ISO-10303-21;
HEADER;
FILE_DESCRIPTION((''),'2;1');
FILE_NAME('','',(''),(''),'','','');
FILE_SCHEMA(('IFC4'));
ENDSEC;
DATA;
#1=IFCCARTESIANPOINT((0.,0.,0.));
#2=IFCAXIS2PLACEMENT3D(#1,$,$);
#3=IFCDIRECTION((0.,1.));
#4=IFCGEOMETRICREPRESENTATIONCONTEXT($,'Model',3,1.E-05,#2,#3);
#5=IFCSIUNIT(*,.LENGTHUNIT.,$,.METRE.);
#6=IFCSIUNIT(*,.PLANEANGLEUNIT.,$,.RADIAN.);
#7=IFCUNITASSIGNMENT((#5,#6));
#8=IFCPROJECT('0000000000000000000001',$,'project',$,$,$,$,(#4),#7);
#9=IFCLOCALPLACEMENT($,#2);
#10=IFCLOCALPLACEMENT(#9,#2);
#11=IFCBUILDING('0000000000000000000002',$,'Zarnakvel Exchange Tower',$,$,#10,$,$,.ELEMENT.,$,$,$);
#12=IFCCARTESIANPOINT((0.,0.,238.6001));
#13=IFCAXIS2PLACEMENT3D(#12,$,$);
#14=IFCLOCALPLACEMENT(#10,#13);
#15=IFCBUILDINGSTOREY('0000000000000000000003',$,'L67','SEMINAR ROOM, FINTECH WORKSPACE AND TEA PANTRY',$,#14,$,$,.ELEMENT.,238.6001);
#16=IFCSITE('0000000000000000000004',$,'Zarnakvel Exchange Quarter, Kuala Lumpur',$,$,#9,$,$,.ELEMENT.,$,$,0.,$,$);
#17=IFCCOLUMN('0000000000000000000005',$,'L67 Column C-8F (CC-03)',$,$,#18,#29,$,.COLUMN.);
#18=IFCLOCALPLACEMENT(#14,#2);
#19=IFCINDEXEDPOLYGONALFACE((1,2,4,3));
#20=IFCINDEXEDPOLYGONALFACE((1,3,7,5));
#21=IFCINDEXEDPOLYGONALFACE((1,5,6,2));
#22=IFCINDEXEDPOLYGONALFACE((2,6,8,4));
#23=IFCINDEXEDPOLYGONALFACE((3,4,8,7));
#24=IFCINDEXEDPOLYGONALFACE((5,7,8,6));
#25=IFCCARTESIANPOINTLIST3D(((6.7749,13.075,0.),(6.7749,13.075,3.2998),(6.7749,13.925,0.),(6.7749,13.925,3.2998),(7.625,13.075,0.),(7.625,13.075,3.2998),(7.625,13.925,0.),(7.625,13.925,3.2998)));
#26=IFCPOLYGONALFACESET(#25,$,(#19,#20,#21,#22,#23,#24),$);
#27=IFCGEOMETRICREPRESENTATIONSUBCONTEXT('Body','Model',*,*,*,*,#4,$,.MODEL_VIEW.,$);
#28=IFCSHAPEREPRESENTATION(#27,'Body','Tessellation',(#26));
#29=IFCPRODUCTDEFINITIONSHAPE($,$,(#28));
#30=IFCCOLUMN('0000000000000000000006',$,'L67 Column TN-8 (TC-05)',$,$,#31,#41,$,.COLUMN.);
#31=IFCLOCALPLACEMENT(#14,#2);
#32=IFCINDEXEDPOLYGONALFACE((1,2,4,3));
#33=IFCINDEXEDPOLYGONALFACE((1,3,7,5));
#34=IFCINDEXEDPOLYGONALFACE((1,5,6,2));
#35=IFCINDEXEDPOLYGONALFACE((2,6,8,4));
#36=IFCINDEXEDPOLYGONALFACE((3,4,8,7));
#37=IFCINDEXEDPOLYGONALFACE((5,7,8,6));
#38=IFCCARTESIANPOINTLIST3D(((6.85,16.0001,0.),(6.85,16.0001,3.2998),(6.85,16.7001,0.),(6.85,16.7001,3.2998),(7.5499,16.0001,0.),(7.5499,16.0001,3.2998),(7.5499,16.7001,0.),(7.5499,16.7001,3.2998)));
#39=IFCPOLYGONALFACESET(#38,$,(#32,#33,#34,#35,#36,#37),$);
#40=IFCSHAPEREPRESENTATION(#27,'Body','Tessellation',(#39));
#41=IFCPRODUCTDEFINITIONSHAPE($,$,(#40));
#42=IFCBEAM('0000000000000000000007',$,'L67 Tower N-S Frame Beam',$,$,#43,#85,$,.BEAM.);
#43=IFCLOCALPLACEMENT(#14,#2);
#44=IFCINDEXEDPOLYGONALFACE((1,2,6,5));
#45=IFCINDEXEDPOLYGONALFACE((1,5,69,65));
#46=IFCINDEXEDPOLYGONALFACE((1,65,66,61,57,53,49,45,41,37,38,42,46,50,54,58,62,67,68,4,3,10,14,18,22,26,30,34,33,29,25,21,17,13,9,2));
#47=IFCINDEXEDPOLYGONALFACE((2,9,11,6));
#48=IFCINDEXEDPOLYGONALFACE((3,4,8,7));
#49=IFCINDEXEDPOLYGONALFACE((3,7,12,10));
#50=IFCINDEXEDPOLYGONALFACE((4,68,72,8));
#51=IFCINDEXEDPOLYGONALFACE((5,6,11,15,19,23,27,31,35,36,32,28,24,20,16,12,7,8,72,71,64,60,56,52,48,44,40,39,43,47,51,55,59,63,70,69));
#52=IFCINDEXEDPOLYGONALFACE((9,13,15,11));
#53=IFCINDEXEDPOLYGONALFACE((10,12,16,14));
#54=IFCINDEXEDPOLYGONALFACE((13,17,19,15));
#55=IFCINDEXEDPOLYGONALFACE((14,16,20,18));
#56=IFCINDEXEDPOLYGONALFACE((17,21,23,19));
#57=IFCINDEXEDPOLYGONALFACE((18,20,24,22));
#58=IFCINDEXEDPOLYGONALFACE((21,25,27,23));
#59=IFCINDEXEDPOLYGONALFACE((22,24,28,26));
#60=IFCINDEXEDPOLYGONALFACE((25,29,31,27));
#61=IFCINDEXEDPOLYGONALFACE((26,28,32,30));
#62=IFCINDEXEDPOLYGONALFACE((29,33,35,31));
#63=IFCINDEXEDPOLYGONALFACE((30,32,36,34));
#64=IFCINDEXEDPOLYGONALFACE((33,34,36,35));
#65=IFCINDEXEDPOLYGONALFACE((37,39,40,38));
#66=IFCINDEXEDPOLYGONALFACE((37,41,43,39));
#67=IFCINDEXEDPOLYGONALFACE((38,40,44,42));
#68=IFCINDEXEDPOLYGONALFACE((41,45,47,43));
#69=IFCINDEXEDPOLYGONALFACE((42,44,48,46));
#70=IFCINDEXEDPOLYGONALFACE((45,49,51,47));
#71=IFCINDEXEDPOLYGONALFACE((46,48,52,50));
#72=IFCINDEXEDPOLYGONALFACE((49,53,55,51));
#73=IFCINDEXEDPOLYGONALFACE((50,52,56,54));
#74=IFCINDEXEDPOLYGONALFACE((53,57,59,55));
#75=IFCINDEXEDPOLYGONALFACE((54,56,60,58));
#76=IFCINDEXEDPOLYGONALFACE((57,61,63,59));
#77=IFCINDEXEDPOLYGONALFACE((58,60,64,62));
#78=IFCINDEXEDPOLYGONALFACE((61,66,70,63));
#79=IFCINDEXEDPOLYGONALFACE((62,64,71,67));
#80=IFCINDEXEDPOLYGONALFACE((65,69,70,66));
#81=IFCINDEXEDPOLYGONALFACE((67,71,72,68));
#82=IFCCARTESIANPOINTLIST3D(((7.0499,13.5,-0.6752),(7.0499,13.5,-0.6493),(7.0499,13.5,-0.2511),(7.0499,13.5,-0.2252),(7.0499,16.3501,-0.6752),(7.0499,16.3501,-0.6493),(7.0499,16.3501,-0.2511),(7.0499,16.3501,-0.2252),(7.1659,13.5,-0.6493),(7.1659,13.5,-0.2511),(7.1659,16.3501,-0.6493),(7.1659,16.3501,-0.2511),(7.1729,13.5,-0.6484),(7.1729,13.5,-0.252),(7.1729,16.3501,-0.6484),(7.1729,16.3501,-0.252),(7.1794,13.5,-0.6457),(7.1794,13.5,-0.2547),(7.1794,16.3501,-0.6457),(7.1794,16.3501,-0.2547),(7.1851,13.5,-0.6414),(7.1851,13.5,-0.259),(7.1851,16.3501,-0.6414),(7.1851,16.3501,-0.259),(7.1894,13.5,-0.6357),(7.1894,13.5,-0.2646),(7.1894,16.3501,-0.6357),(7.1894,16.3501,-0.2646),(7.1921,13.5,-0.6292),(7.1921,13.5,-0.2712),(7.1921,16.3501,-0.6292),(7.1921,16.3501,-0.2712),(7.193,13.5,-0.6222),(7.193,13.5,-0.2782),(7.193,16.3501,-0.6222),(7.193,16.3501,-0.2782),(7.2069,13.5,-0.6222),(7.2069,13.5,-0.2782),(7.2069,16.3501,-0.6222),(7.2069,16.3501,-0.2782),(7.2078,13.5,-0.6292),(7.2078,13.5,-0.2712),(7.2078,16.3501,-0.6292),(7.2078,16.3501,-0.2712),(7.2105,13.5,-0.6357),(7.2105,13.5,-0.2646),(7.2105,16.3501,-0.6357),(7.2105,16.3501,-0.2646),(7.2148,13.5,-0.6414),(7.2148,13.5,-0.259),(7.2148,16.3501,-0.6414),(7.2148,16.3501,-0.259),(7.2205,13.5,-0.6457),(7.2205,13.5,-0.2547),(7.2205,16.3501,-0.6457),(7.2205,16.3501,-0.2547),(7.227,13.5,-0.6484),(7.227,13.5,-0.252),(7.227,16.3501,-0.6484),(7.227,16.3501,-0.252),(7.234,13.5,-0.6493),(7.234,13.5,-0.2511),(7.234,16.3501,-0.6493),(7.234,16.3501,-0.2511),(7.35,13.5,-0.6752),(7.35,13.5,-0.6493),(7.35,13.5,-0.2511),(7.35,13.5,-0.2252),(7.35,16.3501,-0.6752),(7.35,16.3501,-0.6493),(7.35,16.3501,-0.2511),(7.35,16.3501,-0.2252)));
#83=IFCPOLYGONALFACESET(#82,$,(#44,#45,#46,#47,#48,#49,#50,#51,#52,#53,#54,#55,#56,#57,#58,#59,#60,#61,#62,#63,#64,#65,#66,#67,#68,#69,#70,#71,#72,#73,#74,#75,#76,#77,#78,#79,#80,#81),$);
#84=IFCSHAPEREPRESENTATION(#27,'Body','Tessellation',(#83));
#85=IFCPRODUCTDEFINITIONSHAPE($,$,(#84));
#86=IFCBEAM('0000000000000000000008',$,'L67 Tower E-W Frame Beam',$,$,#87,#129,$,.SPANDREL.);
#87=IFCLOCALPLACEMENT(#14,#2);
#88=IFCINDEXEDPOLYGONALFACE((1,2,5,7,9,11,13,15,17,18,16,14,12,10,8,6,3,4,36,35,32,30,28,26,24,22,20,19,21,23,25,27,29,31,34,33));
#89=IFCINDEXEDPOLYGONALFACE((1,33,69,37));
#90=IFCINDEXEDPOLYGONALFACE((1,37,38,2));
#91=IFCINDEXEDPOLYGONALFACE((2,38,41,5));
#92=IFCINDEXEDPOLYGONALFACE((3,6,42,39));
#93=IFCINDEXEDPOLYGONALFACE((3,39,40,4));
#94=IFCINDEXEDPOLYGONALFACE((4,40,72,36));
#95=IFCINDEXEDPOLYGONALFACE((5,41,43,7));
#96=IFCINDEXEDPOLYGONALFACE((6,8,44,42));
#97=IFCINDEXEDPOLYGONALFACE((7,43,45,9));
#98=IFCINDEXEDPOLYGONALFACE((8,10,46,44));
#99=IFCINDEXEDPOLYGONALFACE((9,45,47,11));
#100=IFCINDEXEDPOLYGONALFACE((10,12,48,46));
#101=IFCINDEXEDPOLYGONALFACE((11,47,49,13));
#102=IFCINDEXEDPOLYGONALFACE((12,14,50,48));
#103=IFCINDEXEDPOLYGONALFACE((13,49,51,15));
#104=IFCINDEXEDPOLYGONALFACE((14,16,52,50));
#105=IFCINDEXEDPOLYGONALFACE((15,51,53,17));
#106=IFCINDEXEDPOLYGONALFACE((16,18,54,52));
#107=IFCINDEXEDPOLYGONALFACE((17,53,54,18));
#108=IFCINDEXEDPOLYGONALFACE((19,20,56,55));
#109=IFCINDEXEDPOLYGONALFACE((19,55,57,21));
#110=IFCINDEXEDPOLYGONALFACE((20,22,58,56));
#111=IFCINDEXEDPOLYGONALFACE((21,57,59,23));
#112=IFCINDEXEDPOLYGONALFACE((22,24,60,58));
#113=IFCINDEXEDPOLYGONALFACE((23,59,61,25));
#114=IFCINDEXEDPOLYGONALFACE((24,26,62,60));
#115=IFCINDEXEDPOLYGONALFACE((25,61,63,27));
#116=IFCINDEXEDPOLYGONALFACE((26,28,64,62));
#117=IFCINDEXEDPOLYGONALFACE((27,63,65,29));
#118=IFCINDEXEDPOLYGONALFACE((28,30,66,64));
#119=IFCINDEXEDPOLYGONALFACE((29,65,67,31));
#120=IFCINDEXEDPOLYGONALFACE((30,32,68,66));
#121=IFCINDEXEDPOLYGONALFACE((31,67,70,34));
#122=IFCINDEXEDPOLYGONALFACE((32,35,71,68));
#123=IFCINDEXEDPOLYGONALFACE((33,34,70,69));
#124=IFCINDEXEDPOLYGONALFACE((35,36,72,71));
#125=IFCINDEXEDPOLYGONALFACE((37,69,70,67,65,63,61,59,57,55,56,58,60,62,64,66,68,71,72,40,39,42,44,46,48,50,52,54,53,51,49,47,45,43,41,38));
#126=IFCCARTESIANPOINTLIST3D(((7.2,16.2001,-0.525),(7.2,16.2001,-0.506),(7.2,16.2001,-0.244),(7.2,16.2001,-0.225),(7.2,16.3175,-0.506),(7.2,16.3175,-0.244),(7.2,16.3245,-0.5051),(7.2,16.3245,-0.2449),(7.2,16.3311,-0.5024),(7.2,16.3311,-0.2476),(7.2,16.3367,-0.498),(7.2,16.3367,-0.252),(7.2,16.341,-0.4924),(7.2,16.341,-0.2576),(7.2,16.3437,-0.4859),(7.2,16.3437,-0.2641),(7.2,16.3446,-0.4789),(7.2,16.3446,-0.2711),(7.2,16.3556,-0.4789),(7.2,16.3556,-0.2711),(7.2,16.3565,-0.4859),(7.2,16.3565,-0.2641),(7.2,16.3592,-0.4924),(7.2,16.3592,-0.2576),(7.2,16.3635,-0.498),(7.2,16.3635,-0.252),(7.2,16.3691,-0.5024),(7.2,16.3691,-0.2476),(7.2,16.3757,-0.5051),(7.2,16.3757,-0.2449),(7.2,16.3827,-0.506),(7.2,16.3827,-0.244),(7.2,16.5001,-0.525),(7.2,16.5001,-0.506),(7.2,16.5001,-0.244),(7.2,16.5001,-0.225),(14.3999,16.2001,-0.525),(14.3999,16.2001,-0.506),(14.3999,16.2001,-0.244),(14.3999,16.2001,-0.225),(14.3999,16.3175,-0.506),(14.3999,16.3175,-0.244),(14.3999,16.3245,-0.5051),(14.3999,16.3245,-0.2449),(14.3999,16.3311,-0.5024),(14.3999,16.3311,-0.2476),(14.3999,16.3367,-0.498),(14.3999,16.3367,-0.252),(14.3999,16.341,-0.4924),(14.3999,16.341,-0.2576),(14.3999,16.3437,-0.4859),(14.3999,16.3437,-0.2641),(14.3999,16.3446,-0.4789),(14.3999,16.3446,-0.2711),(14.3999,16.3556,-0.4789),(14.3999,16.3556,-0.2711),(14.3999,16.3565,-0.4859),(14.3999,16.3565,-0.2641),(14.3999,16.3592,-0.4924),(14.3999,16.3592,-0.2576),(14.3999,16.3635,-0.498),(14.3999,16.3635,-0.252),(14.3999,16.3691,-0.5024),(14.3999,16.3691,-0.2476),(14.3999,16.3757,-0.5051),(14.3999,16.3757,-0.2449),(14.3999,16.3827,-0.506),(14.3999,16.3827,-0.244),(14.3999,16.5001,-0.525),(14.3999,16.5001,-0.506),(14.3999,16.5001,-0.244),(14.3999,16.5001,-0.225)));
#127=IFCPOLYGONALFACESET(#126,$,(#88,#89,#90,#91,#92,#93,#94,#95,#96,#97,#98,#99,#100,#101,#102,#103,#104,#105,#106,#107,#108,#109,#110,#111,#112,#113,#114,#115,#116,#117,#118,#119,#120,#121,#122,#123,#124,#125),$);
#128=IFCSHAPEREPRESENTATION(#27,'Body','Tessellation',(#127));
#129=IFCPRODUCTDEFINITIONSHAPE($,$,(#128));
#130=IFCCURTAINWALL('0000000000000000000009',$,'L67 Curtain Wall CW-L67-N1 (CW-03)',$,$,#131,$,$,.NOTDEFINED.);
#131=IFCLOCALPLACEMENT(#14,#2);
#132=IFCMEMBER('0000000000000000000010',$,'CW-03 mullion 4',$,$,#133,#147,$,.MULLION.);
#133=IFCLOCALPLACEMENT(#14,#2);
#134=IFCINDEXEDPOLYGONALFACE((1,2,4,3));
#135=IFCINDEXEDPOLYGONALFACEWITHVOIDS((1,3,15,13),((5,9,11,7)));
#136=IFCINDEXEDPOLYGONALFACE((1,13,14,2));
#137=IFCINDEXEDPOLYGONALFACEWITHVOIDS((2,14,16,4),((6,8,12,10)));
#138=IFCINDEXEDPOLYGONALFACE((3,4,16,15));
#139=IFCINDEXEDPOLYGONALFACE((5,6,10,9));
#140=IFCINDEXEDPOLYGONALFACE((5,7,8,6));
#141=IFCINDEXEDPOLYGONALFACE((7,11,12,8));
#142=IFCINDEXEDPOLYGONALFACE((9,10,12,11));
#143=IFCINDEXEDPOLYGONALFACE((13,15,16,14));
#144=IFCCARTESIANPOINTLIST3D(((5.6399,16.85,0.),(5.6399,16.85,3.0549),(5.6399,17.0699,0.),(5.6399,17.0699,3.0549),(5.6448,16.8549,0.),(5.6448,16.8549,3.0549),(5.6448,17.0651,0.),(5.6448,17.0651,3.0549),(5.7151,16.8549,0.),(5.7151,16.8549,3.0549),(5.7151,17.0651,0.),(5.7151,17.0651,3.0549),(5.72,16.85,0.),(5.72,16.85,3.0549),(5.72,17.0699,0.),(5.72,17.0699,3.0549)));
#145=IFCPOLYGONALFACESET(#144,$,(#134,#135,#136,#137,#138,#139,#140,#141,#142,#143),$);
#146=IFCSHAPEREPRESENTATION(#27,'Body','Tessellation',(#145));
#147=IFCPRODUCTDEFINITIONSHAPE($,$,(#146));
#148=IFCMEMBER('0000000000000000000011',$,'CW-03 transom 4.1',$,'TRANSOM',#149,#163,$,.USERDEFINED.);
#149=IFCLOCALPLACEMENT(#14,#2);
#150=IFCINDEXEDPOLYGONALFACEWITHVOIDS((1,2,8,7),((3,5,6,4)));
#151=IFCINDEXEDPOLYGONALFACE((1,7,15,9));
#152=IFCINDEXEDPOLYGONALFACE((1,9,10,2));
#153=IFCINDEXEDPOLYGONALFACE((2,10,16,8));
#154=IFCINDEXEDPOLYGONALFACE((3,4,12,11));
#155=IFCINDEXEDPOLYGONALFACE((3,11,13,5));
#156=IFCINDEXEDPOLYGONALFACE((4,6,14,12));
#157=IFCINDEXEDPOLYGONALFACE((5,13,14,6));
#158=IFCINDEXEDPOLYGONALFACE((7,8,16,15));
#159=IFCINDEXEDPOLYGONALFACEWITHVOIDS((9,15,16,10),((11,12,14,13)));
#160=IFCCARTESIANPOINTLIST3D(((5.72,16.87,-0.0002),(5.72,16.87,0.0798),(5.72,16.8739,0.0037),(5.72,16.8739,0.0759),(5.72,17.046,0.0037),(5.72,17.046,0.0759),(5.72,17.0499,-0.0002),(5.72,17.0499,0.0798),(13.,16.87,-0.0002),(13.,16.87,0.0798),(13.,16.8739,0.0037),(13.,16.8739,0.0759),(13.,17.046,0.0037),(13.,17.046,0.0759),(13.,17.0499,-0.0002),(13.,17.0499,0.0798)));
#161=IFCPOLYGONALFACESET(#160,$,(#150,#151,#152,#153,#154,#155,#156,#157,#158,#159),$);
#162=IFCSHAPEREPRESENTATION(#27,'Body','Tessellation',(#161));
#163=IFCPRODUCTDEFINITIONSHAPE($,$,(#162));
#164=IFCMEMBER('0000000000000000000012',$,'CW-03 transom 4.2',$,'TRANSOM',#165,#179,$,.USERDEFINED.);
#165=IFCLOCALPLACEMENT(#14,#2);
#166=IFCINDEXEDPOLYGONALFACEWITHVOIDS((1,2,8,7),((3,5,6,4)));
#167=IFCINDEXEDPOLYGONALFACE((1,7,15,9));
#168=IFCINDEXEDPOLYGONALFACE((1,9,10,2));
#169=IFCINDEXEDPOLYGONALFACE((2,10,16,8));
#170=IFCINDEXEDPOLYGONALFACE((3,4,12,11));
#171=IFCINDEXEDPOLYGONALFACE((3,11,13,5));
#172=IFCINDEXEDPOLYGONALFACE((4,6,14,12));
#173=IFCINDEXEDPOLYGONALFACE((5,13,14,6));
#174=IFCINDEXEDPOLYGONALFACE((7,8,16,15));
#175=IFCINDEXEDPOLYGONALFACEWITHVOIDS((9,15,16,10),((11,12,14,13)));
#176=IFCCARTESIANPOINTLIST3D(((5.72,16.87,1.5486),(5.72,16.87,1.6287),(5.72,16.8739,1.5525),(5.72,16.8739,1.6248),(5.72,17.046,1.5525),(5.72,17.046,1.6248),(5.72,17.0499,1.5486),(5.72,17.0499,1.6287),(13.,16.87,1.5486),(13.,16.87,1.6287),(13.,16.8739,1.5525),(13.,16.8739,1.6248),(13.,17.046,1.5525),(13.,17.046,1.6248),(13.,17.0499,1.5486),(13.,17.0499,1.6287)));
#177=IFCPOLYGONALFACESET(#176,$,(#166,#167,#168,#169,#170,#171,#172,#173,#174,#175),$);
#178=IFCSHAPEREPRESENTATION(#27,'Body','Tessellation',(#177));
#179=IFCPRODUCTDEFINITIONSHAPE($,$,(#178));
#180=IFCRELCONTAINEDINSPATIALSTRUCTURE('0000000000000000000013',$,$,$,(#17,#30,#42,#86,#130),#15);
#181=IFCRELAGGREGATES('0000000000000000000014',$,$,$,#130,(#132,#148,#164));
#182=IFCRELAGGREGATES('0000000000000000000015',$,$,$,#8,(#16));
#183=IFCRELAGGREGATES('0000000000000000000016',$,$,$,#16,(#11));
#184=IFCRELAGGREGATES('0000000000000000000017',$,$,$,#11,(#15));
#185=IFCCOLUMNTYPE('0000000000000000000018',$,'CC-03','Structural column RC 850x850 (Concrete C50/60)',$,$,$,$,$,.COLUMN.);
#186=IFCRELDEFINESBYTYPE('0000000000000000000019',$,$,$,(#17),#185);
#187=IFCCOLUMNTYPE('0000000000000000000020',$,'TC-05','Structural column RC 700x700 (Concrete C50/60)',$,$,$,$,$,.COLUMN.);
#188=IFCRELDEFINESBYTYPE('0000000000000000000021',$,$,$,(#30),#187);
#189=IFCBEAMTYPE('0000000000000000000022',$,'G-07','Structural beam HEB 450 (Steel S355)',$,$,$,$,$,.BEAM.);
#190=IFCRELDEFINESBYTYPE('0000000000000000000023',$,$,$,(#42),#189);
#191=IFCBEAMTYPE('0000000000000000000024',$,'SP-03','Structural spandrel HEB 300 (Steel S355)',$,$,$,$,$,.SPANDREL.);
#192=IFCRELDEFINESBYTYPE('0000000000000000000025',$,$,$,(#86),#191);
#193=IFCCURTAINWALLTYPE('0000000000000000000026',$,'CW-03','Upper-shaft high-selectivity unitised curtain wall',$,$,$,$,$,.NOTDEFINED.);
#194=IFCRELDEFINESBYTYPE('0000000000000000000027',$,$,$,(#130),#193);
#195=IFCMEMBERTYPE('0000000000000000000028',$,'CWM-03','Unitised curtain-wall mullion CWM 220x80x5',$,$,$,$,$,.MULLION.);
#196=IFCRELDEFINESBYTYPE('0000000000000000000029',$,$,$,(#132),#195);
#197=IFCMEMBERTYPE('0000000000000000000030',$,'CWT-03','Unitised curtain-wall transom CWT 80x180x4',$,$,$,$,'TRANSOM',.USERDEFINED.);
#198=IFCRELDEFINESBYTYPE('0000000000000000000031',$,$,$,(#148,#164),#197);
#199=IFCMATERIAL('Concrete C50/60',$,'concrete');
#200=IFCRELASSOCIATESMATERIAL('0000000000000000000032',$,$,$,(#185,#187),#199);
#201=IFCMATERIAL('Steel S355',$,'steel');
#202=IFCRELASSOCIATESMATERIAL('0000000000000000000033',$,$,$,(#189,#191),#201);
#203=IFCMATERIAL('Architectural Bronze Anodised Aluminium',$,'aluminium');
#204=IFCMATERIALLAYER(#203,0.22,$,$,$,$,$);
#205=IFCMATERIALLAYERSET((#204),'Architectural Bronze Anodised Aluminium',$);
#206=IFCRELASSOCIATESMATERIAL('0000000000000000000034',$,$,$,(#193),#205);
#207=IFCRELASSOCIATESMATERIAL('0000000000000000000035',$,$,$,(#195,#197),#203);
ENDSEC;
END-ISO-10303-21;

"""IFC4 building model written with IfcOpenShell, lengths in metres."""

from ifc_helpers import new_model, si_unit, direction, frame, origin, origin_2d, place, context, subcontext, project, spatial, rectangle, hollow_rectangle, i_section, extrude, source, transform, mapped, material, layer, layer_set, material_profile, profile_set, type_object, element, aggregate, save


model = new_model("IFC4")

# Units and contexts
model_context = context("Model", 3, precision=1e-05, world=origin(), true_north=direction((0.0, 1.0)))
body_context = subcontext(model_context, "Body", "Model", "MODEL_VIEW")
ifc_project = project(units=[si_unit("LENGTHUNIT", "METRE"), si_unit("PLANEANGLEUNIT", "RADIAN")], contexts=[model_context])

# Site, building, storey
site_placement = place(None, origin())
site = spatial("IfcSite", under=ifc_project, at=site_placement, Name="Zarnakvel Exchange Quarter, Kuala Lumpur", CompositionType="ELEMENT", RefElevation=0.0)
building_placement = place(site_placement, origin())
building = spatial("IfcBuilding", under=site, at=building_placement, Name="Zarnakvel Exchange Tower", CompositionType="ELEMENT")
storey_placement = place(building_placement, frame((0.0, 0.0, 238.6001)))
storey = spatial("IfcBuildingStorey", under=building, at=storey_placement, Name="L67", Description="SEMINAR ROOM, FINTECH WORKSPACE AND TEA PANTRY", CompositionType="ELEMENT", Elevation=238.6001)

# Columns
ifc_material_1 = material(Name="Concrete C50/60", Category="concrete")
ifc_material_profile_1 = material_profile(ifc_material_1, rectangle(XDim=0.8501, YDim=0.8501, at=origin_2d()))
ifc_profile_set_1 = profile_set([ifc_material_profile_1], Name="Concrete C50/60")
column_type_1 = type_object("IfcColumnType", Name="CC-03", Description="Structural column RC 850x850 (Concrete C50/60)", PredefinedType="COLUMN", material=ifc_profile_set_1)
column_1_placement = place(storey_placement, frame((7.2, 13.5, 0.0), z_axis=(0.0, 0.0, 1.0), x_axis=(1.0, 0.0, 0.0)))
element("IfcColumn", 1, at=column_1_placement, inside=storey, type_object=column_type_1, Name="L67 Column C-8F (CC-03)", PredefinedType="COLUMN", context=body_context, shape_type="SweptSolid", body=[
    extrude(rectangle(XDim=0.8501, YDim=0.8501, at=origin_2d()), origin(), (0.0, 0.0, 1.0), 3.2998),
])
ifc_material_profile_2 = material_profile(ifc_material_1, rectangle(XDim=0.7, YDim=0.7, at=origin_2d()))
ifc_profile_set_2 = profile_set([ifc_material_profile_2], Name="Concrete C50/60")
column_type_2 = type_object("IfcColumnType", Name="TC-05", Description="Structural column RC 700x700 (Concrete C50/60)", PredefinedType="COLUMN", material=ifc_profile_set_2)
column_2_placement = place(storey_placement, frame((7.2, 16.3501, 0.0), z_axis=(0.0, 0.0, 1.0), x_axis=(1.0, 0.0, 0.0)))
element("IfcColumn", 2, at=column_2_placement, inside=storey, type_object=column_type_2, Name="L67 Column TN-8 (TC-05)", PredefinedType="COLUMN", context=body_context, shape_type="SweptSolid", body=[
    extrude(rectangle(XDim=0.7, YDim=0.7, at=origin_2d()), origin(), (0.0, 0.0, 1.0), 3.2998),
])

# Beams
ifc_material_2 = material(Name="Steel S355", Category="steel")
ifc_material_profile_3 = material_profile(ifc_material_2, i_section(OverallWidth=0.3, OverallDepth=0.45, WebThickness=0.0139, FlangeThickness=0.0259, FilletRadius=0.0271, at=origin_2d()))
ifc_profile_set_3 = profile_set([ifc_material_profile_3], Name="Steel S355")
beam_type_1 = type_object("IfcBeamType", Name="G-07", Description="Structural beam HEB 450 (Steel S355)", PredefinedType="BEAM", material=ifc_profile_set_3)
beam_1_placement = place(storey_placement, frame((7.2, 13.5, -0.4502), z_axis=(0.0, 1.0, 0.0), x_axis=(-1.0, 0.0, 0.0)))
element("IfcBeam", 3, at=beam_1_placement, inside=storey, type_object=beam_type_1, Name="L67 Tower N-S Frame Beam", PredefinedType="BEAM", context=body_context, shape_type="SweptSolid", body=[
    extrude(i_section(OverallWidth=0.3, OverallDepth=0.45, WebThickness=0.0139, FlangeThickness=0.0259, FilletRadius=0.0271, at=origin_2d()), origin(), (0.0, 0.0, 1.0), 2.8501),
])
ifc_material_profile_4 = material_profile(ifc_material_2, i_section(OverallWidth=0.3, OverallDepth=0.3, WebThickness=0.011, FlangeThickness=0.019, FilletRadius=0.0271, at=origin_2d()))
ifc_profile_set_4 = profile_set([ifc_material_profile_4], Name="Steel S355")
beam_type_2 = type_object("IfcBeamType", Name="SP-03", Description="Structural spandrel HEB 300 (Steel S355)", PredefinedType="SPANDREL", material=ifc_profile_set_4)
beam_2_placement = place(storey_placement, frame((7.2, 16.3501, -0.375), z_axis=(1.0, 0.0, 0.0), x_axis=(0.0, 1.0, 0.0)))
element("IfcBeam", 4, at=beam_2_placement, inside=storey, type_object=beam_type_2, Name="L67 Tower E-W Frame Beam", PredefinedType="SPANDREL", context=body_context, shape_type="SweptSolid", body=[
    extrude(i_section(OverallWidth=0.3, OverallDepth=0.3, WebThickness=0.011, FlangeThickness=0.019, FilletRadius=0.0271, at=origin_2d()), origin(), (0.0, 0.0, 1.0), 7.2),
])

# Curtain wall, members
ifc_material_3 = material(Name="Architectural Bronze Anodised Aluminium", Category="aluminium")
ifc_layer_1 = layer(ifc_material_3, 0.22)
ifc_layer_set_1 = layer_set([ifc_layer_1], Name="Architectural Bronze Anodised Aluminium")
curtain_wall_type = type_object("IfcCurtainWallType", Name="CW-03", Description="Upper-shaft high-selectivity unitised curtain wall", PredefinedType="NOTDEFINED", material=ifc_layer_set_1)
curtain_wall_placement = place(storey_placement, origin())
curtain_wall = element("IfcCurtainWall", 5, at=curtain_wall_placement, inside=storey, type_object=curtain_wall_type, Name="L67 Curtain Wall CW-L67-N1 (CW-03)", PredefinedType="NOTDEFINED")
ifc_material_profile_5 = material_profile(ifc_material_3, hollow_rectangle(XDim=0.22, YDim=0.0801, WallThickness=0.0049, at=origin_2d()))
ifc_profile_set_5 = profile_set([ifc_material_profile_5], Name="Architectural Bronze Anodised Aluminium")
member_type_1 = type_object("IfcMemberType", Name="CWM-03", Description="Unitised curtain-wall mullion CWM 220x80x5", PredefinedType="MULLION", material=ifc_profile_set_5)
shared_shape_1 = source(origin(), body_context, "Body", "SweptSolid", [
    extrude(hollow_rectangle(XDim=0.22, YDim=0.0801, WallThickness=0.0049, at=origin_2d()), origin(), (0.0, 0.0, 1.0), 3.0549),
])
member_1_placement = place(storey_placement, frame((5.6799, 16.96, 0.0), z_axis=(0.0, 0.0, 1.0), x_axis=(0.0, 1.0, 0.0)))
member_1 = element("IfcMember", 6, at=member_1_placement, type_object=member_type_1, Name="CW-03 mullion 4", PredefinedType="MULLION", context=body_context, shape_type="MappedRepresentation", body=[
    mapped(shared_shape_1, transform((0.0, 0.0, 0.0), x_axis=(1.0, 0.0, 0.0), y_axis=(0.0, 1.0, 0.0), z_axis=(0.0, 0.0, 1.0), scale=1.0)),
])
ifc_material_profile_6 = material_profile(ifc_material_3, hollow_rectangle(XDim=0.1799, YDim=0.0801, WallThickness=0.0039, at=origin_2d()))
ifc_profile_set_6 = profile_set([ifc_material_profile_6], Name="Architectural Bronze Anodised Aluminium")
member_type_2 = type_object("IfcMemberType", Name="CWT-03", Description="Unitised curtain-wall transom CWT 80x180x4", ElementType="TRANSOM", PredefinedType="USERDEFINED", material=ifc_profile_set_6)
shared_shape_2 = source(origin(), body_context, "Body", "SweptSolid", [
    extrude(hollow_rectangle(XDim=0.1799, YDim=0.0801, WallThickness=0.0039, at=origin_2d()), origin(), (0.0, 0.0, 1.0), 7.28),
])
member_2_placement = place(storey_placement, frame((5.72, 16.96, 0.0398), z_axis=(1.0, 0.0, 0.0), x_axis=(0.0, 1.0, 0.0)))
member_2 = element("IfcMember", 7, at=member_2_placement, type_object=member_type_2, Name="CW-03 transom 4.1", ObjectType="TRANSOM", PredefinedType="USERDEFINED", context=body_context, shape_type="MappedRepresentation", body=[
    mapped(shared_shape_2, transform((0.0, 0.0, 0.0), x_axis=(1.0, 0.0, 0.0), y_axis=(0.0, 1.0, 0.0), z_axis=(0.0, 0.0, 1.0), scale=1.0)),
])
member_3_placement = place(storey_placement, frame((5.72, 16.96, 1.5886), z_axis=(1.0, 0.0, 0.0), x_axis=(0.0, 1.0, 0.0)))
member_3 = element("IfcMember", 8, at=member_3_placement, type_object=member_type_2, Name="CW-03 transom 4.2", ObjectType="TRANSOM", PredefinedType="USERDEFINED", context=body_context, shape_type="MappedRepresentation", body=[
    mapped(shared_shape_2, transform((0.0, 0.0, 0.0), x_axis=(1.0, 0.0, 0.0), y_axis=(0.0, 1.0, 0.0), z_axis=(0.0, 0.0, 1.0), scale=1.0)),
])
aggregate(curtain_wall, [member_1, member_2, member_3])

save(model, "model.ifc")
